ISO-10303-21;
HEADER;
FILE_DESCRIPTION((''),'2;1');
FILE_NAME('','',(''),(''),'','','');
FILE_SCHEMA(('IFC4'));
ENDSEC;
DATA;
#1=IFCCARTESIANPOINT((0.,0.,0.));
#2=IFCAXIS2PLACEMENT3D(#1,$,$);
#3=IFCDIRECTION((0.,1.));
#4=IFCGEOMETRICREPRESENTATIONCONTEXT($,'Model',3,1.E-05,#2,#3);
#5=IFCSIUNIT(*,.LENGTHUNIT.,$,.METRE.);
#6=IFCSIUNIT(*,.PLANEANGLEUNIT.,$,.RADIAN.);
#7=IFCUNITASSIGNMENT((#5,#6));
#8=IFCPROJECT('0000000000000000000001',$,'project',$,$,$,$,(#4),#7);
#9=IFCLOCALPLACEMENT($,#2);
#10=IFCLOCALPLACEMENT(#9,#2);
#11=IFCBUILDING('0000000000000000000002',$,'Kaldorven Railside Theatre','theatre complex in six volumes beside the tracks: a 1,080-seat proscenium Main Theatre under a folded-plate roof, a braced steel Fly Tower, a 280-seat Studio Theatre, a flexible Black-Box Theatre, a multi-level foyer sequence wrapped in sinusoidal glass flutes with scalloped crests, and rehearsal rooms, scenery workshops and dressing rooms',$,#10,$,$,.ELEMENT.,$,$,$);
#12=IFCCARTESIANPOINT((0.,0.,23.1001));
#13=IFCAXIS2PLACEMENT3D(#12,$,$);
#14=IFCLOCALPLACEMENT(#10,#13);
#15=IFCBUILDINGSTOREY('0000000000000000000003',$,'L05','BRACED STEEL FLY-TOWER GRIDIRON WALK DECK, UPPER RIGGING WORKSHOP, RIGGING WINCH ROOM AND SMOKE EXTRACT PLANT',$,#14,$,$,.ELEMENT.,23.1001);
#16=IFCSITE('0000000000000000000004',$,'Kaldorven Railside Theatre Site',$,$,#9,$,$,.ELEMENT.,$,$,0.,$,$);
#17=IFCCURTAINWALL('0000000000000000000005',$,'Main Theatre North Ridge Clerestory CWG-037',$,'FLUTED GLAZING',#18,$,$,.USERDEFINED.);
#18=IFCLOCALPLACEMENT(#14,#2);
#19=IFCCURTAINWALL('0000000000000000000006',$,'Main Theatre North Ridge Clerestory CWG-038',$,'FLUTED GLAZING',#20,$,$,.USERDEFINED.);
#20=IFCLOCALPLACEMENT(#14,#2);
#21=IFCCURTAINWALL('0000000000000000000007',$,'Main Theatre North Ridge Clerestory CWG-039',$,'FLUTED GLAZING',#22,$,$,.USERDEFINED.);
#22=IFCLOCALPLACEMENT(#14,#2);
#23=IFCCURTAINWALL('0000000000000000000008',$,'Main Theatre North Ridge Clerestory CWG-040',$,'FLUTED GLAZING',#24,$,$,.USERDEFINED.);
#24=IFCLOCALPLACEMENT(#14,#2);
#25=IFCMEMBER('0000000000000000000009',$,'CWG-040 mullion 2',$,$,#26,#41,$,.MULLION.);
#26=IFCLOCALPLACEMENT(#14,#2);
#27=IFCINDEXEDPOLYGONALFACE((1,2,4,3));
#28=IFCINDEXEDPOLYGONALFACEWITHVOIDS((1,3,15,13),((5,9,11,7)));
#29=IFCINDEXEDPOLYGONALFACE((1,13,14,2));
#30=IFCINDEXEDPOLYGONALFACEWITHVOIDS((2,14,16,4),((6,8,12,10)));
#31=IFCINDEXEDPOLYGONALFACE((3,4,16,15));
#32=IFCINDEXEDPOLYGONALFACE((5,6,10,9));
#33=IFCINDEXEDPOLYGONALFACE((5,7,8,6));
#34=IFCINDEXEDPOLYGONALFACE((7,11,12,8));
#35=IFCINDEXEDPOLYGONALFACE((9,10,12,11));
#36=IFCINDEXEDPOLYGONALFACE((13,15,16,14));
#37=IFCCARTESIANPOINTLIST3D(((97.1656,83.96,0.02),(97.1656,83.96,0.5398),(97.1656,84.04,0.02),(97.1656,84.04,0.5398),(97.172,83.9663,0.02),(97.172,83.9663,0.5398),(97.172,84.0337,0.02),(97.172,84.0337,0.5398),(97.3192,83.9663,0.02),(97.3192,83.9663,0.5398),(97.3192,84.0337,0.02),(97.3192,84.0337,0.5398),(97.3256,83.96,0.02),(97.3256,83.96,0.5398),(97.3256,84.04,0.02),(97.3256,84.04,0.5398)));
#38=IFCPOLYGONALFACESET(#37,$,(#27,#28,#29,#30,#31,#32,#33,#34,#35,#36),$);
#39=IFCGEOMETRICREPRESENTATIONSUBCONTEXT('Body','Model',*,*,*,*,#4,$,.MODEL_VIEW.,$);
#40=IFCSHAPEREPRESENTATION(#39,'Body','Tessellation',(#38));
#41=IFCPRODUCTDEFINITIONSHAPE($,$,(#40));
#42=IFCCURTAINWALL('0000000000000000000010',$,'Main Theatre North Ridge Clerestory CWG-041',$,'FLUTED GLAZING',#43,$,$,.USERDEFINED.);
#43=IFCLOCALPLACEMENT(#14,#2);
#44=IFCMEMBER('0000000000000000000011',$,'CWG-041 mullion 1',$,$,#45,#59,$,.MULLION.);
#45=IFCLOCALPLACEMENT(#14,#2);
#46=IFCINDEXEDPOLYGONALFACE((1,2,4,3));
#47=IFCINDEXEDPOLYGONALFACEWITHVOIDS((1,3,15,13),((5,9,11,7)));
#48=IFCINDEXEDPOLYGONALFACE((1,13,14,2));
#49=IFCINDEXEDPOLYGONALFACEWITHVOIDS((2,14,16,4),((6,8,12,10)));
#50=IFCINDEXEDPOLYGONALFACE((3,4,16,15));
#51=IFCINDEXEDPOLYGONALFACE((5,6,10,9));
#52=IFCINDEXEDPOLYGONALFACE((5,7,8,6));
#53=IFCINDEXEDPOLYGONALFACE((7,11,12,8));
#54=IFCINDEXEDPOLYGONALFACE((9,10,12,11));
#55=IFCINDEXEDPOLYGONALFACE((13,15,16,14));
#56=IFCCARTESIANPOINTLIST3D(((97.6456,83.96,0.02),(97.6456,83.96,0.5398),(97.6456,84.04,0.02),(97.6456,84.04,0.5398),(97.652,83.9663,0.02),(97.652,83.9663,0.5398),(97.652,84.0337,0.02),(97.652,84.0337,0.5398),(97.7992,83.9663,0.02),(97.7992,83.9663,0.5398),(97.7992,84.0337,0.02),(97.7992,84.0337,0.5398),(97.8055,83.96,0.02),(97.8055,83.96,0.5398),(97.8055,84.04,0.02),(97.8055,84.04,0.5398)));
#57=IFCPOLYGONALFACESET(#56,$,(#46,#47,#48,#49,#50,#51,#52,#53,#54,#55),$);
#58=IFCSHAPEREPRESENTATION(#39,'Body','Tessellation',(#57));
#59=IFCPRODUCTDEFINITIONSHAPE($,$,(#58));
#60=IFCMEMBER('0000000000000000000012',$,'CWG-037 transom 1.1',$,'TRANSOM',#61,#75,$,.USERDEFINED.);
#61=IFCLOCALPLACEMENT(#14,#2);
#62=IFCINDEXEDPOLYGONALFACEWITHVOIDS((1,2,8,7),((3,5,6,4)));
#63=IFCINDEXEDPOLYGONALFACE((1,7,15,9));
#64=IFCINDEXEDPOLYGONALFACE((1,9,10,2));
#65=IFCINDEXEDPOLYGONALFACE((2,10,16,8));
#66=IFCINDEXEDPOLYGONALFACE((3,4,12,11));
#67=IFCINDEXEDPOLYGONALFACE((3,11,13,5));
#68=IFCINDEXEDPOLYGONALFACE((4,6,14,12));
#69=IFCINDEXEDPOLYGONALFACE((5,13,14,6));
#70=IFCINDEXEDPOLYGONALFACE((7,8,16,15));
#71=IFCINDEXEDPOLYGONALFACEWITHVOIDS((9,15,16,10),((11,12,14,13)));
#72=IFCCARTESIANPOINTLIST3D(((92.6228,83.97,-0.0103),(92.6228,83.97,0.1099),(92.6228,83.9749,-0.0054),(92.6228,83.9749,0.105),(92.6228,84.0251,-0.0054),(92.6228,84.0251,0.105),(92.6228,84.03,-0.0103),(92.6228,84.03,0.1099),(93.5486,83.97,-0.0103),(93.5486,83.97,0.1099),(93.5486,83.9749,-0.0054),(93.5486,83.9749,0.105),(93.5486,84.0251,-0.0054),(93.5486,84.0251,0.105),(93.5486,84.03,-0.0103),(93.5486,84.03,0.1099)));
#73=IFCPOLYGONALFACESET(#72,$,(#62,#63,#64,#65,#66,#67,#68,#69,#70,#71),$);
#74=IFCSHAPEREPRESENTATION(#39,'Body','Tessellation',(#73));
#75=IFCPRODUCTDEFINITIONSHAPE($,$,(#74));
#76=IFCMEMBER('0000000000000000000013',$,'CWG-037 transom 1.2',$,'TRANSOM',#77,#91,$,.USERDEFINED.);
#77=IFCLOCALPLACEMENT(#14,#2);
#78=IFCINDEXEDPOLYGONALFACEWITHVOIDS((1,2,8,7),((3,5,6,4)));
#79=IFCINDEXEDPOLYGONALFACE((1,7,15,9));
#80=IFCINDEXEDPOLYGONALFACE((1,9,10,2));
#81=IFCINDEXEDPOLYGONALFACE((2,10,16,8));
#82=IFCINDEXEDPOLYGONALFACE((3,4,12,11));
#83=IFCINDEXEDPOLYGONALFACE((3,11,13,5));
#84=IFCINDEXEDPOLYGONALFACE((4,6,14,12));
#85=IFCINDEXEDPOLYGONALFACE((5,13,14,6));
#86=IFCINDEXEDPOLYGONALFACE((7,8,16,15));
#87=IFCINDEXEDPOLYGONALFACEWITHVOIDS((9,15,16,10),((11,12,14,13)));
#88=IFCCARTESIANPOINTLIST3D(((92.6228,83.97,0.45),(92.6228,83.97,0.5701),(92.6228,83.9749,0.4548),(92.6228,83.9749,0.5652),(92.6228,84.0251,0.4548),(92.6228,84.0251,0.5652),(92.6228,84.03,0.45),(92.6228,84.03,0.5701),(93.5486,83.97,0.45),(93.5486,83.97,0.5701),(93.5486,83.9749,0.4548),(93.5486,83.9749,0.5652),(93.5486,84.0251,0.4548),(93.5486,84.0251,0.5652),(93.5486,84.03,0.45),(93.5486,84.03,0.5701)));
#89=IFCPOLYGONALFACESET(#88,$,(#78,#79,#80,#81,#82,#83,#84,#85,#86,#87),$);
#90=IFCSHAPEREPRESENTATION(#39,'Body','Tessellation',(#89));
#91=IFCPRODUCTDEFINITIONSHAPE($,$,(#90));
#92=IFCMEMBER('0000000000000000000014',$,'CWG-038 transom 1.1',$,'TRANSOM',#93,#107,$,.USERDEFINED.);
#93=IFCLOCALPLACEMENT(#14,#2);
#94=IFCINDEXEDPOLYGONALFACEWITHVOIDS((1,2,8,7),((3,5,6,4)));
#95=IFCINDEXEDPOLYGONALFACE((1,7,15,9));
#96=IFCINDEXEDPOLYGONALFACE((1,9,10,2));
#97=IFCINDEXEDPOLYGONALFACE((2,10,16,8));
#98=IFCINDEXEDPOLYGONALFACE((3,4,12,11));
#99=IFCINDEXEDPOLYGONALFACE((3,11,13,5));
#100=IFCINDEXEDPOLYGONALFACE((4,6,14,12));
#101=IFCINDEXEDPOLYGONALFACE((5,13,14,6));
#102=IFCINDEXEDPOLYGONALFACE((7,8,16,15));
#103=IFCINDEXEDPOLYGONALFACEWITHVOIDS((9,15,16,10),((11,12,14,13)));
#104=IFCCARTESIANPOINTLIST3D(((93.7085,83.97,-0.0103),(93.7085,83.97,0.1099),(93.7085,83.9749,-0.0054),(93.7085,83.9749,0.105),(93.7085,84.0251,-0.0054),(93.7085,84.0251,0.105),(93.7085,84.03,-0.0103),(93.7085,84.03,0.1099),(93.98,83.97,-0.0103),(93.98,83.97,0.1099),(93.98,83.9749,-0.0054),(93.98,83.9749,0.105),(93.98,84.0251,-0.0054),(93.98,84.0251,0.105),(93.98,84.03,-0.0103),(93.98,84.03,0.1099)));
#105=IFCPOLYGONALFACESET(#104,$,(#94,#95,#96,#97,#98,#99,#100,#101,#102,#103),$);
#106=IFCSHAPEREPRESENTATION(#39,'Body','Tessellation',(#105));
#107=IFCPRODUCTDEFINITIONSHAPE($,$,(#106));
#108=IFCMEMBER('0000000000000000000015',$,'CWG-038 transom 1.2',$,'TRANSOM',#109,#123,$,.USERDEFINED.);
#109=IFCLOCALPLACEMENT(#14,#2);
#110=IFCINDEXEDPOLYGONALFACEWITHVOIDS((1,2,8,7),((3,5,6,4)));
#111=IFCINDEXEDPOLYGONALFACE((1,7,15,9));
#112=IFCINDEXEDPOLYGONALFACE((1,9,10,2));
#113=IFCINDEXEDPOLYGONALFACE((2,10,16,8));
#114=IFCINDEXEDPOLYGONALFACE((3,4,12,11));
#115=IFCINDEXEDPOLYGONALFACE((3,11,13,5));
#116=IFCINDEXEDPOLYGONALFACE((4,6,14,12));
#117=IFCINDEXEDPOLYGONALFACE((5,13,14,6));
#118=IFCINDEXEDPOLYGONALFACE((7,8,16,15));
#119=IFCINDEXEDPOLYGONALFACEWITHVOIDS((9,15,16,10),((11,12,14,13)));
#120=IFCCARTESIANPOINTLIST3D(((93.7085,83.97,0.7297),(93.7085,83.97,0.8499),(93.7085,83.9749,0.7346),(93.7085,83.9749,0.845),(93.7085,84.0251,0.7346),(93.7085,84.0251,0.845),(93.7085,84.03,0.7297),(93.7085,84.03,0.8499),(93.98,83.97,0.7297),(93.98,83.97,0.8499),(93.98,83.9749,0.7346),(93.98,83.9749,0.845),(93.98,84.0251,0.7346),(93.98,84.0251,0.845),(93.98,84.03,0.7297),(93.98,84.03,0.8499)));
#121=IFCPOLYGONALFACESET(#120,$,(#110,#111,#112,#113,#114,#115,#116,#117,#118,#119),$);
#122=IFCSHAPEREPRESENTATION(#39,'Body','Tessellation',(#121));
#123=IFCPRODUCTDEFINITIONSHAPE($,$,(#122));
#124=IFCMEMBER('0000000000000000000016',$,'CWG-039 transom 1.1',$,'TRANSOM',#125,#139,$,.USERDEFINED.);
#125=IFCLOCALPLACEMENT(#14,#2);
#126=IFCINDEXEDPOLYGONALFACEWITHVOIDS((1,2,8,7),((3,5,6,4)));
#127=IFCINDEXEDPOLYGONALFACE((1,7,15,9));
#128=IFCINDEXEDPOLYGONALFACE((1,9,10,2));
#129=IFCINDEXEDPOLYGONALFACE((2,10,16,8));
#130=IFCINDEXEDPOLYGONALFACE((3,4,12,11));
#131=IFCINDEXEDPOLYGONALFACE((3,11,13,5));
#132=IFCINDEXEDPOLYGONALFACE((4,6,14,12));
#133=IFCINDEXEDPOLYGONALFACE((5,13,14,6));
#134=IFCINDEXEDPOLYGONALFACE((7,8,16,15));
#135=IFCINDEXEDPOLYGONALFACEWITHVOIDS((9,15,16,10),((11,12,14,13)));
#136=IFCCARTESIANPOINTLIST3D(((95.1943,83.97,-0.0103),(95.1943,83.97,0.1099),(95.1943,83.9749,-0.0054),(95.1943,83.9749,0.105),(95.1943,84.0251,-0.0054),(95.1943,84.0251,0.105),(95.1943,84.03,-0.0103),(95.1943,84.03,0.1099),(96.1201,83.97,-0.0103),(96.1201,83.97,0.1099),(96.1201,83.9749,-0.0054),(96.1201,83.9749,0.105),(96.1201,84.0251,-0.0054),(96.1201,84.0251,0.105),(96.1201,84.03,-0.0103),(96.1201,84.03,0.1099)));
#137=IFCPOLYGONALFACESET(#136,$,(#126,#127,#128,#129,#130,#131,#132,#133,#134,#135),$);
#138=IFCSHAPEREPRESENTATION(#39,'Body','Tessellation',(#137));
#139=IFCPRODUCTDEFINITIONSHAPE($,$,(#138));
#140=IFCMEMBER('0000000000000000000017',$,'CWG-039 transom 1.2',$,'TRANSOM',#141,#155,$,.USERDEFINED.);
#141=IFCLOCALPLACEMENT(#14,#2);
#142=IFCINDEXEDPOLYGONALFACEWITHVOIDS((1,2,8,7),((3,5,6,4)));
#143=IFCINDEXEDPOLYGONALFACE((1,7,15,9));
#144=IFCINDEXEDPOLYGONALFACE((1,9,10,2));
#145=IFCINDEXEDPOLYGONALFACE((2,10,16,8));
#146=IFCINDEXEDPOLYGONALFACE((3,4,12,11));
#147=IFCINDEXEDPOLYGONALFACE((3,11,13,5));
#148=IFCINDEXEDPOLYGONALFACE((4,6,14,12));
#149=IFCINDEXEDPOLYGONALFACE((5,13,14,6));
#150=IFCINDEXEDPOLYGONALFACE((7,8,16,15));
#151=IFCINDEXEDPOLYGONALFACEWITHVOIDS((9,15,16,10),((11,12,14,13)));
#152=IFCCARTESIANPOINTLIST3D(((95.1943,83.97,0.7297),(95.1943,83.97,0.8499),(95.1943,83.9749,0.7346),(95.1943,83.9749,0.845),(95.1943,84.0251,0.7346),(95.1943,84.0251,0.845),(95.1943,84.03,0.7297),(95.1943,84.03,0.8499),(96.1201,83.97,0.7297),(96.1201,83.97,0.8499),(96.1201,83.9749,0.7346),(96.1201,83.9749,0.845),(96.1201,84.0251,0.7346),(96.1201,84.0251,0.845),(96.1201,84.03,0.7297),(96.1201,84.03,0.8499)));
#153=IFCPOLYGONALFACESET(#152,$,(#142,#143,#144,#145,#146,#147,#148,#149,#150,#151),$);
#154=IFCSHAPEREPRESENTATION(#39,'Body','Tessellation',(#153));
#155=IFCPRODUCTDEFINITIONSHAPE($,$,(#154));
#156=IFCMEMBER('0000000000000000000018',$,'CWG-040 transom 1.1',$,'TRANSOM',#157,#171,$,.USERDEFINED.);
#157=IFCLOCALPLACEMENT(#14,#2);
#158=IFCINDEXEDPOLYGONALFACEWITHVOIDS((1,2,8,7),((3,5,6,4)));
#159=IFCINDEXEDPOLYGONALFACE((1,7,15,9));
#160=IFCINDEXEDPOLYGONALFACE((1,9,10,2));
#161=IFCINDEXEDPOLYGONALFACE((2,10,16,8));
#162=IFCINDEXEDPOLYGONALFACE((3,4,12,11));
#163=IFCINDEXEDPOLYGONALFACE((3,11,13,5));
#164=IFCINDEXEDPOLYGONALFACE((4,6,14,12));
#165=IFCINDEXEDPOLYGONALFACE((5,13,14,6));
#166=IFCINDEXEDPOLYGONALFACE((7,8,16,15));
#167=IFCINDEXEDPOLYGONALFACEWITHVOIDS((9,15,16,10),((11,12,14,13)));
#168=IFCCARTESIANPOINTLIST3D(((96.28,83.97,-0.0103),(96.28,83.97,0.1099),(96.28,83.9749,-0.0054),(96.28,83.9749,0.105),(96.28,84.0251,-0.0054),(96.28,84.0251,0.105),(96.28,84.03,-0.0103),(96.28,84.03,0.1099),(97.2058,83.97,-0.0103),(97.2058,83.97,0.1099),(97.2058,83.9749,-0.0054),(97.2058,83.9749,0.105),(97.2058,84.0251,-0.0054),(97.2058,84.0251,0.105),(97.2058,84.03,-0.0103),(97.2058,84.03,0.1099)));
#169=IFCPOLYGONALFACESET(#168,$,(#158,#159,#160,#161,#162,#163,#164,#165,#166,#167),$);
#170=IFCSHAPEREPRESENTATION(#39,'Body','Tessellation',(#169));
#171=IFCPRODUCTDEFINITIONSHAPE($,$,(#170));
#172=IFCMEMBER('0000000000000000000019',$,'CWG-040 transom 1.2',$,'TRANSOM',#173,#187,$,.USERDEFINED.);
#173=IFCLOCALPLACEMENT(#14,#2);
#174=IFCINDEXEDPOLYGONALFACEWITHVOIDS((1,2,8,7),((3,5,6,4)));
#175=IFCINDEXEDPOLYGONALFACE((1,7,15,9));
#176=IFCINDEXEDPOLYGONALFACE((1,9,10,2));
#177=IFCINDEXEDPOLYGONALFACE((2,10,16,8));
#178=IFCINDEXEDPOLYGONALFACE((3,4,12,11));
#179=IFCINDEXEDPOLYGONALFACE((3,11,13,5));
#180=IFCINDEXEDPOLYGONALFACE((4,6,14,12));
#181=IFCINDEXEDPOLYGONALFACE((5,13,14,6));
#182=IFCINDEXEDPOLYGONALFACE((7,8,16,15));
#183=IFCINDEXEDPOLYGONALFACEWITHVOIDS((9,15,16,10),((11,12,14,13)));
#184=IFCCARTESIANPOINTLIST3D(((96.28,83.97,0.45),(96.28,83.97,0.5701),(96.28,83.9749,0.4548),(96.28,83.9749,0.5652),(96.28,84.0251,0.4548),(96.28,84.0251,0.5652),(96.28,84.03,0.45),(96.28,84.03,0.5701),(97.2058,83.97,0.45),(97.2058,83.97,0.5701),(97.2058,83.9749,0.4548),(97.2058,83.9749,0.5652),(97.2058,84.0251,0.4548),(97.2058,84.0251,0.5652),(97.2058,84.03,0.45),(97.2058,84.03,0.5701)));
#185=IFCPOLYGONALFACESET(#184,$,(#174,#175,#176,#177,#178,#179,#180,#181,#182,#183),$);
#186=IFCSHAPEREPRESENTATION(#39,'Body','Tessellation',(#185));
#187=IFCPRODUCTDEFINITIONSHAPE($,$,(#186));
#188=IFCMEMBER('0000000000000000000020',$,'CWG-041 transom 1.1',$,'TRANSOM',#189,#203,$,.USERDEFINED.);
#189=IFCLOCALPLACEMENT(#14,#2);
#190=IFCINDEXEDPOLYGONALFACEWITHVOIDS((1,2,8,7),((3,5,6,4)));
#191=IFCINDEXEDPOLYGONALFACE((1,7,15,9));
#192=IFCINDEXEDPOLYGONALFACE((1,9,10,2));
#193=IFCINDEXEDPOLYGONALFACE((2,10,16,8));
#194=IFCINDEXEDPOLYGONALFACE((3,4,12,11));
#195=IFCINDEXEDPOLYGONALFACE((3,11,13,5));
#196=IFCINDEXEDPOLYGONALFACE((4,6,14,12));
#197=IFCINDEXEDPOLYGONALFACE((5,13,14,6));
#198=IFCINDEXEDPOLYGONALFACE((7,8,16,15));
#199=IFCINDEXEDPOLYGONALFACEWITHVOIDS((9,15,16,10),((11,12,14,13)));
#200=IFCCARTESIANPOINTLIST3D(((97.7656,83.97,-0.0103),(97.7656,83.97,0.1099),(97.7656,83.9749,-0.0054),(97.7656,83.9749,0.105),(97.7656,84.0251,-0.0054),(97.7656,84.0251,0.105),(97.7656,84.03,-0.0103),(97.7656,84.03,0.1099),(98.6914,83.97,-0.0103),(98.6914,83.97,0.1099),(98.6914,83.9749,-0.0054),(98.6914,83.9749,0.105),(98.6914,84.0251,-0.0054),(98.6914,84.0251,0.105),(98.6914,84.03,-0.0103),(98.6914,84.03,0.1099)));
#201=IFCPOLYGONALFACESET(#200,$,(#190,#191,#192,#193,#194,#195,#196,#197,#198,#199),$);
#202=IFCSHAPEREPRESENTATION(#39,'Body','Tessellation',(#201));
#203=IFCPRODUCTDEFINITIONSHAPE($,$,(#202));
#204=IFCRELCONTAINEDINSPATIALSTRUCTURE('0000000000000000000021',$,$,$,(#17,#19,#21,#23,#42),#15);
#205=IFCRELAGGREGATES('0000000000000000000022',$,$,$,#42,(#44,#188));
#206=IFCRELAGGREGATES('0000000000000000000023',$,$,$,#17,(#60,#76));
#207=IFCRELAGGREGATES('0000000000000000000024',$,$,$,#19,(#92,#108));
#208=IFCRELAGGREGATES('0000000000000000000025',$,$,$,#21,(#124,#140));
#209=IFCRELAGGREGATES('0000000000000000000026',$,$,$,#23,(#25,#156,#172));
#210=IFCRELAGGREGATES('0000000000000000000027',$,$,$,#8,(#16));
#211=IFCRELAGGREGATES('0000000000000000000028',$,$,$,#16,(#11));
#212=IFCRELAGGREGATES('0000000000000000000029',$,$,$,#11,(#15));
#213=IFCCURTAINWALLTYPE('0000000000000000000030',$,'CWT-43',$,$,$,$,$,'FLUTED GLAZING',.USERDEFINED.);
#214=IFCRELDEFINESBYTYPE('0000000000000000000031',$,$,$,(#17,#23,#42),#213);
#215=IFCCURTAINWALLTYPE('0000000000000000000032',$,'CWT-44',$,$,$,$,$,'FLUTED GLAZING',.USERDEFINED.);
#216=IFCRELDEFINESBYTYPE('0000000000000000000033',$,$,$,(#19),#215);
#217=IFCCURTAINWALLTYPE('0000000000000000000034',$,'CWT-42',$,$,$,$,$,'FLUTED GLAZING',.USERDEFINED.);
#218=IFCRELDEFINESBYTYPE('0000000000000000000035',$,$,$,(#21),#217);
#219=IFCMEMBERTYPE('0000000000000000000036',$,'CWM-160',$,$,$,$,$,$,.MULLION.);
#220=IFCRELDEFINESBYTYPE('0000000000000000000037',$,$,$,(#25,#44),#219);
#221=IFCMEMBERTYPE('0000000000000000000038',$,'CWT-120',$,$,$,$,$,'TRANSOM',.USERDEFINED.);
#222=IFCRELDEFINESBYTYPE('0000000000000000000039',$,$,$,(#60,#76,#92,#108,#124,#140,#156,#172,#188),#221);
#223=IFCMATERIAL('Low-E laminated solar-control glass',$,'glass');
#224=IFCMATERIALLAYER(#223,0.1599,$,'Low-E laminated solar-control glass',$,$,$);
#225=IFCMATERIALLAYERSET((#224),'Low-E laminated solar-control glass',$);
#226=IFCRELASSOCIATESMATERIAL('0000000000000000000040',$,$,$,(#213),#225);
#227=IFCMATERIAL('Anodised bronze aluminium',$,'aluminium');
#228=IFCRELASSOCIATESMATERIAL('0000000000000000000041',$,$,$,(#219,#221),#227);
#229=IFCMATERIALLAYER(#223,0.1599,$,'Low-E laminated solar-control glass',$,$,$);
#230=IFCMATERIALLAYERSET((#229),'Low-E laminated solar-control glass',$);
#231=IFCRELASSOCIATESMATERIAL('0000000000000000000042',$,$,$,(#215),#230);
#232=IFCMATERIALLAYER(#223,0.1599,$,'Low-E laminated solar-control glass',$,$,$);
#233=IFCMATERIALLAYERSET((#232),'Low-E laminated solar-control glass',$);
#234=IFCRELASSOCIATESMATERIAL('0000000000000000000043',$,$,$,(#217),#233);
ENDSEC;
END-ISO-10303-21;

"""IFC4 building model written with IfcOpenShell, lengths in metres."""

from ifc_helpers import new_model, si_unit, direction, frame, origin, origin_2d, place, context, subcontext, project, spatial, hollow_rectangle, extrude, material, layer, layer_set, material_profile, profile_set, type_object, element, aggregate, save


model = new_model("IFC4")

# Units and contexts
model_context = context("Model", 3, precision=1e-05, world=origin(), true_north=direction((0.0, 1.0)))
body_context = subcontext(model_context, "Body", "Model", "MODEL_VIEW")
ifc_project = project(units=[si_unit("LENGTHUNIT", "METRE"), si_unit("PLANEANGLEUNIT", "RADIAN")], contexts=[model_context])

# Site, building, storey
site_placement = place(None, origin())
site = spatial("IfcSite", under=ifc_project, at=site_placement, Name="Kaldorven Railside Theatre Site", CompositionType="ELEMENT", RefElevation=0.0)
building_placement = place(site_placement, origin())
building = spatial("IfcBuilding", under=site, at=building_placement, Name="Kaldorven Railside Theatre", Description="theatre complex in six volumes beside the tracks: a 1,080-seat proscenium Main Theatre under a folded-plate roof, a braced steel Fly Tower, a 280-seat Studio Theatre, a flexible Black-Box Theatre, a multi-level foyer sequence wrapped in sinusoidal glass flutes with scalloped crests, and rehearsal rooms, scenery workshops and dressing rooms", CompositionType="ELEMENT")
storey_placement = place(building_placement, frame((0.0, 0.0, 23.1001)))
storey = spatial("IfcBuildingStorey", under=building, at=storey_placement, Name="L05", Description="BRACED STEEL FLY-TOWER GRIDIRON WALK DECK, UPPER RIGGING WORKSHOP, RIGGING WINCH ROOM AND SMOKE EXTRACT PLANT", CompositionType="ELEMENT", Elevation=23.1001)

# Shared definitions
ifc_material_1 = material(Name="Low-E laminated solar-control glass", Category="glass")
ifc_layer_1 = layer(ifc_material_1, 0.1599, Name="Low-E laminated solar-control glass")
ifc_layer_set_1 = layer_set([ifc_layer_1], Name="Low-E laminated solar-control glass")
curtain_wall_type_1 = type_object("IfcCurtainWallType", Name="CWT-43", ElementType="FLUTED GLAZING", PredefinedType="USERDEFINED", material=ifc_layer_set_1)
ifc_material_2 = material(Name="Anodised bronze aluminium", Category="aluminium")
ifc_material_profile_1 = material_profile(ifc_material_2, hollow_rectangle(XDim=0.0801, YDim=0.1599, WallThickness=0.0063, at=origin_2d()), Name="RHS 160x80x6.3")
ifc_profile_set_1 = profile_set([ifc_material_profile_1], Name="Anodised bronze aluminium")
member_type_1 = type_object("IfcMemberType", Name="CWM-160", PredefinedType="MULLION", material=ifc_profile_set_1)

# Curtain walls, member
curtain_wall_1_placement = place(storey_placement, origin())
curtain_wall_1 = element("IfcCurtainWall", 1, at=curtain_wall_1_placement, inside=storey, type_object=curtain_wall_type_1, Name="Main Theatre North Ridge Clerestory CWG-037", ObjectType="FLUTED GLAZING", PredefinedType="USERDEFINED")
ifc_layer_2 = layer(ifc_material_1, 0.1599, Name="Low-E laminated solar-control glass")
ifc_layer_set_2 = layer_set([ifc_layer_2], Name="Low-E laminated solar-control glass")
curtain_wall_type_2 = type_object("IfcCurtainWallType", Name="CWT-44", ElementType="FLUTED GLAZING", PredefinedType="USERDEFINED", material=ifc_layer_set_2)
curtain_wall_2_placement = place(storey_placement, origin())
curtain_wall_2 = element("IfcCurtainWall", 2, at=curtain_wall_2_placement, inside=storey, type_object=curtain_wall_type_2, Name="Main Theatre North Ridge Clerestory CWG-038", ObjectType="FLUTED GLAZING", PredefinedType="USERDEFINED")
ifc_layer_3 = layer(ifc_material_1, 0.1599, Name="Low-E laminated solar-control glass")
ifc_layer_set_3 = layer_set([ifc_layer_3], Name="Low-E laminated solar-control glass")
curtain_wall_type_3 = type_object("IfcCurtainWallType", Name="CWT-42", ElementType="FLUTED GLAZING", PredefinedType="USERDEFINED", material=ifc_layer_set_3)
curtain_wall_3_placement = place(storey_placement, origin())
curtain_wall_3 = element("IfcCurtainWall", 3, at=curtain_wall_3_placement, inside=storey, type_object=curtain_wall_type_3, Name="Main Theatre North Ridge Clerestory CWG-039", ObjectType="FLUTED GLAZING", PredefinedType="USERDEFINED")
curtain_wall_4_placement = place(storey_placement, origin())
curtain_wall_4 = element("IfcCurtainWall", 4, at=curtain_wall_4_placement, inside=storey, type_object=curtain_wall_type_1, Name="Main Theatre North Ridge Clerestory CWG-040", ObjectType="FLUTED GLAZING", PredefinedType="USERDEFINED")
member_1_placement = place(storey_placement, frame((97.2456, 84.0, 0.02), z_axis=(0.0, 0.0, 1.0), x_axis=(0.0, 1.0, 0.0)))
member_1 = element("IfcMember", 5, at=member_1_placement, type_object=member_type_1, Name="CWG-040 mullion 2", PredefinedType="MULLION", context=body_context, shape_type="SweptSolid", body=[
    extrude(hollow_rectangle(XDim=0.0801, YDim=0.1599, WallThickness=0.0063, at=origin_2d()), origin(), (0.0, 0.0, 1.0), 0.5198),
])

# Curtain wall, member
curtain_wall_5_placement = place(storey_placement, origin())
curtain_wall_5 = element("IfcCurtainWall", 6, at=curtain_wall_5_placement, inside=storey, type_object=curtain_wall_type_1, Name="Main Theatre North Ridge Clerestory CWG-041", ObjectType="FLUTED GLAZING", PredefinedType="USERDEFINED")
member_2_placement = place(storey_placement, frame((97.7256, 84.0, 0.02), z_axis=(0.0, 0.0, 1.0), x_axis=(0.0, 1.0, 0.0)))
member_2 = element("IfcMember", 7, at=member_2_placement, type_object=member_type_1, Name="CWG-041 mullion 1", PredefinedType="MULLION", context=body_context, shape_type="SweptSolid", body=[
    extrude(hollow_rectangle(XDim=0.0801, YDim=0.1599, WallThickness=0.0063, at=origin_2d()), origin(), (0.0, 0.0, 1.0), 0.5198),
])

# Members
ifc_material_profile_2 = material_profile(ifc_material_2, hollow_rectangle(XDim=0.0601, YDim=0.1201, WallThickness=0.0049, at=origin_2d()), Name="RHS 120x60x5")
ifc_profile_set_2 = profile_set([ifc_material_profile_2], Name="Anodised bronze aluminium")
member_type_2 = type_object("IfcMemberType", Name="CWT-120", ElementType="TRANSOM", PredefinedType="USERDEFINED", material=ifc_profile_set_2)
member_3_placement = place(storey_placement, frame((92.6228, 84.0, 0.0498), z_axis=(1.0, 0.0, 0.0), x_axis=(0.0, 1.0, 0.0)))
member_3 = element("IfcMember", 8, at=member_3_placement, type_object=member_type_2, Name="CWG-037 transom 1.1", ObjectType="TRANSOM", PredefinedType="USERDEFINED", context=body_context, shape_type="SweptSolid", body=[
    extrude(hollow_rectangle(XDim=0.0601, YDim=0.1201, WallThickness=0.0049, at=origin_2d()), origin(), (0.0, 0.0, 1.0), 0.9258),
])
member_4_placement = place(storey_placement, frame((92.6228, 84.0, 0.51), z_axis=(1.0, 0.0, 0.0), x_axis=(0.0, 1.0, 0.0)))
member_4 = element("IfcMember", 9, at=member_4_placement, type_object=member_type_2, Name="CWG-037 transom 1.2", ObjectType="TRANSOM", PredefinedType="USERDEFINED", context=body_context, shape_type="SweptSolid", body=[
    extrude(hollow_rectangle(XDim=0.0601, YDim=0.1201, WallThickness=0.0049, at=origin_2d()), origin(), (0.0, 0.0, 1.0), 0.9258),
])
member_5_placement = place(storey_placement, frame((93.7085, 84.0, 0.0498), z_axis=(1.0, 0.0, 0.0), x_axis=(0.0, 1.0, 0.0)))
member_5 = element("IfcMember", 10, at=member_5_placement, type_object=member_type_2, Name="CWG-038 transom 1.1", ObjectType="TRANSOM", PredefinedType="USERDEFINED", context=body_context, shape_type="SweptSolid", body=[
    extrude(hollow_rectangle(XDim=0.0601, YDim=0.1201, WallThickness=0.0049, at=origin_2d()), origin(), (0.0, 0.0, 1.0), 0.2715),
])
member_6_placement = place(storey_placement, frame((93.7085, 84.0, 0.7898), z_axis=(1.0, 0.0, 0.0), x_axis=(0.0, 1.0, 0.0)))
member_6 = element("IfcMember", 11, at=member_6_placement, type_object=member_type_2, Name="CWG-038 transom 1.2", ObjectType="TRANSOM", PredefinedType="USERDEFINED", context=body_context, shape_type="SweptSolid", body=[
    extrude(hollow_rectangle(XDim=0.0601, YDim=0.1201, WallThickness=0.0049, at=origin_2d()), origin(), (0.0, 0.0, 1.0), 0.2715),
])
member_7_placement = place(storey_placement, frame((95.1943, 84.0, 0.0498), z_axis=(1.0, 0.0, 0.0), x_axis=(0.0, 1.0, 0.0)))
member_7 = element("IfcMember", 12, at=member_7_placement, type_object=member_type_2, Name="CWG-039 transom 1.1", ObjectType="TRANSOM", PredefinedType="USERDEFINED", context=body_context, shape_type="SweptSolid", body=[
    extrude(hollow_rectangle(XDim=0.0601, YDim=0.1201, WallThickness=0.0049, at=origin_2d()), origin(), (0.0, 0.0, 1.0), 0.9258),
])
member_8_placement = place(storey_placement, frame((95.1943, 84.0, 0.7898), z_axis=(1.0, 0.0, 0.0), x_axis=(0.0, 1.0, 0.0)))
member_8 = element("IfcMember", 13, at=member_8_placement, type_object=member_type_2, Name="CWG-039 transom 1.2", ObjectType="TRANSOM", PredefinedType="USERDEFINED", context=body_context, shape_type="SweptSolid", body=[
    extrude(hollow_rectangle(XDim=0.0601, YDim=0.1201, WallThickness=0.0049, at=origin_2d()), origin(), (0.0, 0.0, 1.0), 0.9258),
])
member_9_placement = place(storey_placement, frame((96.28, 84.0, 0.0498), z_axis=(1.0, 0.0, 0.0), x_axis=(0.0, 1.0, 0.0)))
member_9 = element("IfcMember", 14, at=member_9_placement, type_object=member_type_2, Name="CWG-040 transom 1.1", ObjectType="TRANSOM", PredefinedType="USERDEFINED", context=body_context, shape_type="SweptSolid", body=[
    extrude(hollow_rectangle(XDim=0.0601, YDim=0.1201, WallThickness=0.0049, at=origin_2d()), origin(), (0.0, 0.0, 1.0), 0.9258),
])
member_10_placement = place(storey_placement, frame((96.28, 84.0, 0.51), z_axis=(1.0, 0.0, 0.0), x_axis=(0.0, 1.0, 0.0)))
member_10 = element("IfcMember", 15, at=member_10_placement, type_object=member_type_2, Name="CWG-040 transom 1.2", ObjectType="TRANSOM", PredefinedType="USERDEFINED", context=body_context, shape_type="SweptSolid", body=[
    extrude(hollow_rectangle(XDim=0.0601, YDim=0.1201, WallThickness=0.0049, at=origin_2d()), origin(), (0.0, 0.0, 1.0), 0.9258),
])
member_11_placement = place(storey_placement, frame((97.7656, 84.0, 0.0498), z_axis=(1.0, 0.0, 0.0), x_axis=(0.0, 1.0, 0.0)))
member_11 = element("IfcMember", 16, at=member_11_placement, type_object=member_type_2, Name="CWG-041 transom 1.1", ObjectType="TRANSOM", PredefinedType="USERDEFINED", context=body_context, shape_type="SweptSolid", body=[
    extrude(hollow_rectangle(XDim=0.0601, YDim=0.1201, WallThickness=0.0049, at=origin_2d()), origin(), (0.0, 0.0, 1.0), 0.9258),
])
aggregate(curtain_wall_5, [member_2, member_11])

aggregate(curtain_wall_1, [member_3, member_4])
aggregate(curtain_wall_2, [member_5, member_6])
aggregate(curtain_wall_3, [member_7, member_8])
aggregate(curtain_wall_4, [member_1, member_9, member_10])

save(model, "model.ifc")
